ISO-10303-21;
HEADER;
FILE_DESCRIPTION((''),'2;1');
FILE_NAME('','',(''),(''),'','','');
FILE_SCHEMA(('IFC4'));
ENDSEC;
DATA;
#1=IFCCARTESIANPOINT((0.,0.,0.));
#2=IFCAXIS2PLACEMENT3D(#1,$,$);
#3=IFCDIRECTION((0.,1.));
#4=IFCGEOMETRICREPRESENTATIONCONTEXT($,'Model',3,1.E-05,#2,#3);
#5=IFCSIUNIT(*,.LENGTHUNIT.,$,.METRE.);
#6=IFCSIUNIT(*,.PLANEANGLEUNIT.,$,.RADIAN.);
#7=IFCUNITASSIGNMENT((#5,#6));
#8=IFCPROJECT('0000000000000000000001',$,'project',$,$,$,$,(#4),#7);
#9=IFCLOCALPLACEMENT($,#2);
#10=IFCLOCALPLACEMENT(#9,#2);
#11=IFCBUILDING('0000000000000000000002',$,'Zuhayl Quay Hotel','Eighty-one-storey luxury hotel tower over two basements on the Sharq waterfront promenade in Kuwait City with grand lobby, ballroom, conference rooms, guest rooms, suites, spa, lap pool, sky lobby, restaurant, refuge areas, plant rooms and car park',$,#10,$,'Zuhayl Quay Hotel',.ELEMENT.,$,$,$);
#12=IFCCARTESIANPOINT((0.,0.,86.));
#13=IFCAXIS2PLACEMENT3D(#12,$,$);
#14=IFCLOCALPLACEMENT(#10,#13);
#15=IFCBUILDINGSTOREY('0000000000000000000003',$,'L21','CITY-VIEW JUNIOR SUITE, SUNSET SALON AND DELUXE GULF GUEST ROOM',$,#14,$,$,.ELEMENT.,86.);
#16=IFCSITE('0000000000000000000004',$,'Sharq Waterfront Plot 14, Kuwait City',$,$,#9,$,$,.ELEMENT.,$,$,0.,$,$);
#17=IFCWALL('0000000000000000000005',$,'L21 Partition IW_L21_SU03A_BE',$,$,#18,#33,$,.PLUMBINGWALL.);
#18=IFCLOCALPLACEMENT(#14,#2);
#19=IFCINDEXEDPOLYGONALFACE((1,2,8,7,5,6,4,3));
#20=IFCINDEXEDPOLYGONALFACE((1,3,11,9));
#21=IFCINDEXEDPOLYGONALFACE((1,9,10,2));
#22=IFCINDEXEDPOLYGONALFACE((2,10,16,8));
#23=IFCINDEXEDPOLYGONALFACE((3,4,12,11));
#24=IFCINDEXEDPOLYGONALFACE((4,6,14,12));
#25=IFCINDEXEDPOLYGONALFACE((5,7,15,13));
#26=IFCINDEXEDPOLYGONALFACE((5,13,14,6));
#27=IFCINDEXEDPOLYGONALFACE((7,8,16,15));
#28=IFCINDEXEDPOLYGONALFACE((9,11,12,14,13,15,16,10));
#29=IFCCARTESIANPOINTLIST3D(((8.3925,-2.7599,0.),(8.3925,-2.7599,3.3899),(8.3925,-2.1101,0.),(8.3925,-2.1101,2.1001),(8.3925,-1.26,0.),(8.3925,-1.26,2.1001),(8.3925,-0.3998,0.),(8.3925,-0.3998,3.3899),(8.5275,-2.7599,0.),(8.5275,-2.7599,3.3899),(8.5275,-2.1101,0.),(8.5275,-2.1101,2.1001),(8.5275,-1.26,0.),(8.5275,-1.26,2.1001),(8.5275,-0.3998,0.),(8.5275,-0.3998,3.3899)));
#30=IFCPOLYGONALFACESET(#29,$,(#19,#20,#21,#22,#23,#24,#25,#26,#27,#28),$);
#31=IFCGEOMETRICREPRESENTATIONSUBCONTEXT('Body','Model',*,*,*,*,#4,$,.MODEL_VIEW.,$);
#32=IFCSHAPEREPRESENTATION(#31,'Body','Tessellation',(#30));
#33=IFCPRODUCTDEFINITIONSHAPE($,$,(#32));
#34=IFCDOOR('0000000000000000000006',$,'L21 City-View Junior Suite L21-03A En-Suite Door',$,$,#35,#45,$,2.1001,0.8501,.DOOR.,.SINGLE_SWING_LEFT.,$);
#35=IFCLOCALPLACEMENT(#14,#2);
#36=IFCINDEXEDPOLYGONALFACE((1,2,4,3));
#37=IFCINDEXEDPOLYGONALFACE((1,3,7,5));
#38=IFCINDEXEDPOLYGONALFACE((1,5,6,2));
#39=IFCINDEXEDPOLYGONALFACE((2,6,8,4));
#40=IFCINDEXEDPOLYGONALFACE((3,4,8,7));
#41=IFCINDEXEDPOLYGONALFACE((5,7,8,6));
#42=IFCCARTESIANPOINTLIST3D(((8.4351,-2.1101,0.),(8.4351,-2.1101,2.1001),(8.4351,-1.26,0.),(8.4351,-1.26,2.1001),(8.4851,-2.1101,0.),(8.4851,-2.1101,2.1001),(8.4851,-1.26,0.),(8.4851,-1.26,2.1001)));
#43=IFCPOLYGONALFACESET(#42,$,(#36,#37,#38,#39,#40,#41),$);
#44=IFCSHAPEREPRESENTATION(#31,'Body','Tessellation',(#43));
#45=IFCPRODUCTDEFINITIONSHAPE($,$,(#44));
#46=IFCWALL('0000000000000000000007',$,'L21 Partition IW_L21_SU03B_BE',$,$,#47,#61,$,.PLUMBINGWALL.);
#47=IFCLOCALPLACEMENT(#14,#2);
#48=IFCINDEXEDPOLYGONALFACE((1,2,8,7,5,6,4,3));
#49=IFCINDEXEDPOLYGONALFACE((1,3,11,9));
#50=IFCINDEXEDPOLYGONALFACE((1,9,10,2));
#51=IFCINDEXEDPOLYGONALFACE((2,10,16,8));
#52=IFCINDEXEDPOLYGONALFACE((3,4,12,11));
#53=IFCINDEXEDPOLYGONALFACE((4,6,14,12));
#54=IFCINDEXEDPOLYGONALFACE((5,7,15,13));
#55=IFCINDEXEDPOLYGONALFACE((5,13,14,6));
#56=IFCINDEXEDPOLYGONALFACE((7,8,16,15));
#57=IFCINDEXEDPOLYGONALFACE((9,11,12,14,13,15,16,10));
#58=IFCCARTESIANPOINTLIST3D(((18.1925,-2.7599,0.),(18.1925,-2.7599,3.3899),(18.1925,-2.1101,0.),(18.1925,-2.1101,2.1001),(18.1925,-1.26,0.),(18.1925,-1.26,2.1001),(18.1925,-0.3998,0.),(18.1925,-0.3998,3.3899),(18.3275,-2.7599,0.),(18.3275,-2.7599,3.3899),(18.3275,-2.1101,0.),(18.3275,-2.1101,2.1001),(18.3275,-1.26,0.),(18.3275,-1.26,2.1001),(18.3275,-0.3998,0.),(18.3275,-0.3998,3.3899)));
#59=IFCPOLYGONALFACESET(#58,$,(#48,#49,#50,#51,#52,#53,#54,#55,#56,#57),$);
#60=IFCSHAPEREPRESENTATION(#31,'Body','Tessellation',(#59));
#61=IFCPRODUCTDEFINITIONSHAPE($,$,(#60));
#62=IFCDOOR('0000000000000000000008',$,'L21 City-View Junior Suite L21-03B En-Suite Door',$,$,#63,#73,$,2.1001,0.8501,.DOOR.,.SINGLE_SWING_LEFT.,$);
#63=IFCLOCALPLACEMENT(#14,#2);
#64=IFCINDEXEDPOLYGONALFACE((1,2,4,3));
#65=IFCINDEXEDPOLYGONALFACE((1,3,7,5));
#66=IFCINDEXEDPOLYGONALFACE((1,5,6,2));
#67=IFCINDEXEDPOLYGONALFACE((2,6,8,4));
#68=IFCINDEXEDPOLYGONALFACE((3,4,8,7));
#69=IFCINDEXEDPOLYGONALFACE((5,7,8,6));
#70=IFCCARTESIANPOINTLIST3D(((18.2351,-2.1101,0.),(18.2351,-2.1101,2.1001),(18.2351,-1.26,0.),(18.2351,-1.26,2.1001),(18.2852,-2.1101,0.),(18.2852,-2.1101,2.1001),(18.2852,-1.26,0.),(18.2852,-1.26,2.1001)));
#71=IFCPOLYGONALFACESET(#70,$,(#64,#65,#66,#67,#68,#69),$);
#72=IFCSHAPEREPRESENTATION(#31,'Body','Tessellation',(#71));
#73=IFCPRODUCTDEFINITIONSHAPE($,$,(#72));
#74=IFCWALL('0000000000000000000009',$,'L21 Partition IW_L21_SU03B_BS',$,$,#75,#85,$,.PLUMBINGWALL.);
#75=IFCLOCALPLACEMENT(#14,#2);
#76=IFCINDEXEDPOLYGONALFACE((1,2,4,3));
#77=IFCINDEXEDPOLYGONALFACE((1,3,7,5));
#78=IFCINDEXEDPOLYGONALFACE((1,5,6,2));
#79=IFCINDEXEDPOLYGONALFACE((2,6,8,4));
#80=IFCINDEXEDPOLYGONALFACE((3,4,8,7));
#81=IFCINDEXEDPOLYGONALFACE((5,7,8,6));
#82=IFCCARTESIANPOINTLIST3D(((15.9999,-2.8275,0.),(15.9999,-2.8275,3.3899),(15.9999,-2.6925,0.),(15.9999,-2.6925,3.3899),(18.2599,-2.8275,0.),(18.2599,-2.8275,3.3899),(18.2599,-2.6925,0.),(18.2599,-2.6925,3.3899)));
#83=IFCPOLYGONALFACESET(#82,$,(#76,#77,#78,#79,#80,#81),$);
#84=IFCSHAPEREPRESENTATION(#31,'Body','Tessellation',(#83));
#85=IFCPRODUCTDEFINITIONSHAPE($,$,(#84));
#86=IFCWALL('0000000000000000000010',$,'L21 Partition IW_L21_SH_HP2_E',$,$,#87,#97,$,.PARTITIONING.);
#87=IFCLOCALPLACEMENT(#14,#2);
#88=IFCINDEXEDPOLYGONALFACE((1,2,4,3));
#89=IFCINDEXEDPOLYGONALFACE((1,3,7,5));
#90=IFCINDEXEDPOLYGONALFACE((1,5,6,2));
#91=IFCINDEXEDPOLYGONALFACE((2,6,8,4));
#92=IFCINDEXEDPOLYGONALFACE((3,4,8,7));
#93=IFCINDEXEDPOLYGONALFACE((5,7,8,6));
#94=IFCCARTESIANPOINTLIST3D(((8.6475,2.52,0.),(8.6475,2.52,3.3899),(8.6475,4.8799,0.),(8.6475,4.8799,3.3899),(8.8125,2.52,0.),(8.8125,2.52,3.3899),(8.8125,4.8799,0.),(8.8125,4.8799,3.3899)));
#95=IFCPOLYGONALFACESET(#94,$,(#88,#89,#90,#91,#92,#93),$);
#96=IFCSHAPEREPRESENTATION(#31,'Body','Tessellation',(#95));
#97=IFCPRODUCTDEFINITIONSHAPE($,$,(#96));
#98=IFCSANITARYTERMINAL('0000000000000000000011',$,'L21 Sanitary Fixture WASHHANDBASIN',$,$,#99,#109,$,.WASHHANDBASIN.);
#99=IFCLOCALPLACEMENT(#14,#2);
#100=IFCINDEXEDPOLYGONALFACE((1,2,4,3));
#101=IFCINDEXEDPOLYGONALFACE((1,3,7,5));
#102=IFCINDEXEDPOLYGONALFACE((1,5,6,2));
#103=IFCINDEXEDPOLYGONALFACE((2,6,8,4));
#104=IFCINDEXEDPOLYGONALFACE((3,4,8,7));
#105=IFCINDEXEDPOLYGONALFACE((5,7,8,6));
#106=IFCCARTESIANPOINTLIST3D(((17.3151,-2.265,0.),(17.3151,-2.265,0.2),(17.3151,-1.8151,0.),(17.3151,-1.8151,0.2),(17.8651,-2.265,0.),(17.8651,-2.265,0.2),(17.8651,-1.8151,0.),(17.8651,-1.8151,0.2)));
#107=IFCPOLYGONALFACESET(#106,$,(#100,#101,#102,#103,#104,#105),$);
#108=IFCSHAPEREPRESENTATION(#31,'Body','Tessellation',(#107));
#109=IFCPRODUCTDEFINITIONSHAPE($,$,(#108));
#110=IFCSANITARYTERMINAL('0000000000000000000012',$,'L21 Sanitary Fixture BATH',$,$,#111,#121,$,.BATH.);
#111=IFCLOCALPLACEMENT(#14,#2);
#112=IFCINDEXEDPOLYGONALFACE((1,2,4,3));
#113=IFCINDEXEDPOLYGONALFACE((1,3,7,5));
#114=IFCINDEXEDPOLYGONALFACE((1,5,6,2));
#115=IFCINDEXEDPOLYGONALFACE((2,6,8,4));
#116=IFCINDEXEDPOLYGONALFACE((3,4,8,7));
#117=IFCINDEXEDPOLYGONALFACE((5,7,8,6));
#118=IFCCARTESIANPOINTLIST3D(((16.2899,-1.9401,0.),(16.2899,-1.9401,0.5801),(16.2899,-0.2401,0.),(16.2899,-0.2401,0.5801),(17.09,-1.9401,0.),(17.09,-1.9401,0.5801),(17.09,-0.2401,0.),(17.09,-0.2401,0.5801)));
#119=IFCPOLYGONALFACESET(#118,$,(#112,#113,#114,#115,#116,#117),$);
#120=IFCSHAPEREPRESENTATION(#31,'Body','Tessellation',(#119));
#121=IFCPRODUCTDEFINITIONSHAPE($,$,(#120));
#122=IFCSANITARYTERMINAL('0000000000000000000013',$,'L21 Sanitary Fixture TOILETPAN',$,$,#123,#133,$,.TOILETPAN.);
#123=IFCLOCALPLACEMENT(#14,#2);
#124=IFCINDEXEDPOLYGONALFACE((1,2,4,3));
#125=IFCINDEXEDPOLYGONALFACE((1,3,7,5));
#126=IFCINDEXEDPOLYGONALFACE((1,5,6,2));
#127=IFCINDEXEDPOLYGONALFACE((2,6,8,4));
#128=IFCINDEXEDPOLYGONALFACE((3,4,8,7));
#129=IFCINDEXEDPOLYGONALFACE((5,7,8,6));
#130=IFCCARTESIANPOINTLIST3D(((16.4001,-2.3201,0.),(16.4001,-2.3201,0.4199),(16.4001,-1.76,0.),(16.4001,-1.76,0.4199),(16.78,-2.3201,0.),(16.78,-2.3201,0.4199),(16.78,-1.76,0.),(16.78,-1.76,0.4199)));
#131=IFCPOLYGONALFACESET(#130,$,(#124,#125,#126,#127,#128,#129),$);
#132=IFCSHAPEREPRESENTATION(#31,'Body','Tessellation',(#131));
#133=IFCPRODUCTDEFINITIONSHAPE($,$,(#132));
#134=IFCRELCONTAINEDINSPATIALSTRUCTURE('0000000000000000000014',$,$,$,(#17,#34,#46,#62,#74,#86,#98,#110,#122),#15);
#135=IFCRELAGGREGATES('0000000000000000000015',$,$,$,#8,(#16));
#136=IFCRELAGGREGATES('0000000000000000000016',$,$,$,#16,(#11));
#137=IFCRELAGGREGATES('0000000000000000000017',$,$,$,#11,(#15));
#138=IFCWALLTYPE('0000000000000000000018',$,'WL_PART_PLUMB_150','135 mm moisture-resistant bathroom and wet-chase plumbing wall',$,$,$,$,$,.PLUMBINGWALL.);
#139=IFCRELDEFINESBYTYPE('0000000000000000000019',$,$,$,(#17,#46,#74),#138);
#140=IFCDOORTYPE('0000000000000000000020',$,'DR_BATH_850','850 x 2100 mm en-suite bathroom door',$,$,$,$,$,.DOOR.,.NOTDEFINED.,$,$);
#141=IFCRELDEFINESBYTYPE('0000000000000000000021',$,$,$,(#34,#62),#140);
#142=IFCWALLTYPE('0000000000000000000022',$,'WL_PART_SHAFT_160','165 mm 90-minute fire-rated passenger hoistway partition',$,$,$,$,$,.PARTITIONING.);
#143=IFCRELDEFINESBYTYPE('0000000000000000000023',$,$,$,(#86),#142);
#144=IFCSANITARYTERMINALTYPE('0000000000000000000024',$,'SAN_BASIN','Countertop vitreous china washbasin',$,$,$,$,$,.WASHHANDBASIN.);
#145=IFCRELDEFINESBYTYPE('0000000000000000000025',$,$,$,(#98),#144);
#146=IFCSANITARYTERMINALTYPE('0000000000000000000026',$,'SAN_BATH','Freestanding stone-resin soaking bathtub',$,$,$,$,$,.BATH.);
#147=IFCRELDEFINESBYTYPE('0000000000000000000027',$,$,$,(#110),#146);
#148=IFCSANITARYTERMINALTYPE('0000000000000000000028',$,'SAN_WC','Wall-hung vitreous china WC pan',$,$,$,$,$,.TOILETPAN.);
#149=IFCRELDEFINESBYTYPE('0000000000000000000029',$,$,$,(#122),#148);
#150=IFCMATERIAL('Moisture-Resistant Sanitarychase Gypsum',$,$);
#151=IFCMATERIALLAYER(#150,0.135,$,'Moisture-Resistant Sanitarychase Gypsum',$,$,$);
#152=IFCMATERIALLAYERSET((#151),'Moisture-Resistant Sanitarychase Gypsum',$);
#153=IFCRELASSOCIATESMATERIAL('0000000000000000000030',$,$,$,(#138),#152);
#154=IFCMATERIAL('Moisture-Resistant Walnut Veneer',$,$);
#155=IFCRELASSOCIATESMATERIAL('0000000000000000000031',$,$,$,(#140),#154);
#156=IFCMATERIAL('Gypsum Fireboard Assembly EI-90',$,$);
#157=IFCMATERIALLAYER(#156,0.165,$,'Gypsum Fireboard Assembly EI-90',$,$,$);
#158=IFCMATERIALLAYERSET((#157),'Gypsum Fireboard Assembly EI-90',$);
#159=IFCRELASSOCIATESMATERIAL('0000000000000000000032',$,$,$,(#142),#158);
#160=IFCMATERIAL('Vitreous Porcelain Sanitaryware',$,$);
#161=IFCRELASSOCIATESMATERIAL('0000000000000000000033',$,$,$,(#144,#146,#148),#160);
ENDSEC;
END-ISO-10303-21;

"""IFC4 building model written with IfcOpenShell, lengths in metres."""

from ifc_helpers import new_model, si_unit, direction, frame, frame_2d, origin, origin_2d, place, context, subcontext, project, spatial, rectangle, extrude, material, layer, layer_set, type_object, element, fill, save


model = new_model("IFC4")

# Units and contexts
model_context = context("Model", 3, precision=1e-05, world=origin(), true_north=direction((0.0, 1.0)))
body_context = subcontext(model_context, "Body", "Model", "MODEL_VIEW")
ifc_project = project(units=[si_unit("LENGTHUNIT", "METRE"), si_unit("PLANEANGLEUNIT", "RADIAN")], contexts=[model_context])

# Site, building, storey
site_placement = place(None, origin())
site = spatial("IfcSite", under=ifc_project, at=site_placement, Name="Sharq Waterfront Plot 14, Kuwait City", CompositionType="ELEMENT", RefElevation=0.0)
building_placement = place(site_placement, origin())
building = spatial("IfcBuilding", under=site, at=building_placement, Name="Zuhayl Quay Hotel", Description="Eighty-one-storey luxury hotel tower over two basements on the Sharq waterfront promenade in Kuwait City with grand lobby, ballroom, conference rooms, guest rooms, suites, spa, lap pool, sky lobby, restaurant, refuge areas, plant rooms and car park", LongName="Zuhayl Quay Hotel", CompositionType="ELEMENT")
storey_placement = place(building_placement, frame((0.0, 0.0, 86.0)))
storey = spatial("IfcBuildingStorey", under=building, at=storey_placement, Name="L21", Description="CITY-VIEW JUNIOR SUITE, SUNSET SALON AND DELUXE GULF GUEST ROOM", CompositionType="ELEMENT", Elevation=86.0)

# Walls, openings, doors
ifc_material_1 = material(Name="Moisture-Resistant Sanitarychase Gypsum")
ifc_layer_1 = layer(ifc_material_1, 0.135, Name="Moisture-Resistant Sanitarychase Gypsum")
ifc_layer_set_1 = layer_set([ifc_layer_1], Name="Moisture-Resistant Sanitarychase Gypsum")
wall_type_1 = type_object("IfcWallType", Name="WL_PART_PLUMB_150", Description="135 mm moisture-resistant bathroom and wet-chase plumbing wall", PredefinedType="PLUMBINGWALL", material=ifc_layer_set_1)
wall_1_placement = place(storey_placement, frame((8.46, -2.76, 0.0), z_axis=(0.0, 0.0, 1.0), x_axis=(0.0, 1.0, 0.0)))
wall_1 = element("IfcWall", 1, at=wall_1_placement, inside=storey, type_object=wall_type_1, Name="L21 Partition IW_L21_SU03A_BE", PredefinedType="PLUMBINGWALL", context=body_context, shape_type="SweptSolid", body=[
    extrude(rectangle(XDim=2.3601, YDim=0.135, at=frame_2d((1.1802, 0.0))), origin(), (0.0, 0.0, 1.0), 3.3899),
])
opening_1_placement = place(wall_1_placement, frame((0.6499, 0.0, 0.0)))
opening_1 = element("IfcOpeningElement", 2, at=opening_1_placement, cuts=wall_1, PredefinedType="OPENING", context=body_context, shape_type="SweptSolid", body=[
    extrude(rectangle(XDim=0.8501, YDim=2.1001, at=frame_2d((0.425, 1.05))), frame((0.0, 0.0774, 0.0), z_axis=(0.0, -1.0, 0.0), x_axis=(1.0, 0.0, 0.0)), (0.0, 0.0, 1.0), 0.155),
])
ifc_material_2 = material(Name="Moisture-Resistant Walnut Veneer")
door_type_1 = type_object("IfcDoorType", Name="DR_BATH_850", Description="850 x 2100 mm en-suite bathroom door", OperationType="NOTDEFINED", PredefinedType="DOOR", material=ifc_material_2)
door_1_placement = place(opening_1_placement, origin())
door_1 = element("IfcDoor", 3, at=door_1_placement, inside=storey, type_object=door_type_1, Name="L21 City-View Junior Suite L21-03A En-Suite Door", OperationType="SINGLE_SWING_LEFT", OverallHeight=2.1001, OverallWidth=0.8501, PredefinedType="DOOR", context=body_context, shape_type="SweptSolid", body=[
    extrude(rectangle(XDim=0.8501, YDim=2.1001, at=frame_2d((0.425, 1.05))), frame((0.0, 0.0249, 0.0), z_axis=(0.0, -1.0, 0.0), x_axis=(1.0, 0.0, 0.0)), (0.0, 0.0, 1.0), 0.05),
])
fill(opening_1, door_1)
wall_2_placement = place(storey_placement, frame((18.26, -2.76, 0.0), z_axis=(0.0, 0.0, 1.0), x_axis=(0.0, 1.0, 0.0)))
wall_2 = element("IfcWall", 4, at=wall_2_placement, inside=storey, type_object=wall_type_1, Name="L21 Partition IW_L21_SU03B_BE", PredefinedType="PLUMBINGWALL", context=body_context, shape_type="SweptSolid", body=[
    extrude(rectangle(XDim=2.3601, YDim=0.135, at=frame_2d((1.1802, 0.0))), origin(), (0.0, 0.0, 1.0), 3.3899),
])
opening_2_placement = place(wall_2_placement, frame((0.6499, 0.0, 0.0)))
opening_2 = element("IfcOpeningElement", 5, at=opening_2_placement, cuts=wall_2, PredefinedType="OPENING", context=body_context, shape_type="SweptSolid", body=[
    extrude(rectangle(XDim=0.8501, YDim=2.1001, at=frame_2d((0.425, 1.05))), frame((0.0, 0.0774, 0.0), z_axis=(0.0, -1.0, 0.0), x_axis=(1.0, 0.0, 0.0)), (0.0, 0.0, 1.0), 0.155),
])
door_2_placement = place(opening_2_placement, origin())
door_2 = element("IfcDoor", 6, at=door_2_placement, inside=storey, type_object=door_type_1, Name="L21 City-View Junior Suite L21-03B En-Suite Door", OperationType="SINGLE_SWING_LEFT", OverallHeight=2.1001, OverallWidth=0.8501, PredefinedType="DOOR", context=body_context, shape_type="SweptSolid", body=[
    extrude(rectangle(XDim=0.8501, YDim=2.1001, at=frame_2d((0.425, 1.05))), frame((0.0, 0.0249, 0.0), z_axis=(0.0, -1.0, 0.0), x_axis=(1.0, 0.0, 0.0)), (0.0, 0.0, 1.0), 0.05),
])
fill(opening_2, door_2)

# Walls
wall_3_placement = place(storey_placement, frame((16.0, -2.76, 0.0), z_axis=(0.0, 0.0, 1.0), x_axis=(1.0, 0.0, 0.0)))
element("IfcWall", 7, at=wall_3_placement, inside=storey, type_object=wall_type_1, Name="L21 Partition IW_L21_SU03B_BS", PredefinedType="PLUMBINGWALL", context=body_context, shape_type="SweptSolid", body=[
    extrude(rectangle(XDim=2.26, YDim=0.135, at=frame_2d((1.1299, 0.0))), origin(), (0.0, 0.0, 1.0), 3.3899),
])
ifc_material_3 = material(Name="Gypsum Fireboard Assembly EI-90")
ifc_layer_2 = layer(ifc_material_3, 0.165, Name="Gypsum Fireboard Assembly EI-90")
ifc_layer_set_2 = layer_set([ifc_layer_2], Name="Gypsum Fireboard Assembly EI-90")
wall_type_2 = type_object("IfcWallType", Name="WL_PART_SHAFT_160", Description="165 mm 90-minute fire-rated passenger hoistway partition", PredefinedType="PARTITIONING", material=ifc_layer_set_2)
wall_4_placement = place(storey_placement, frame((8.73, 2.52, 0.0), z_axis=(0.0, 0.0, 1.0), x_axis=(0.0, 1.0, 0.0)))
element("IfcWall", 8, at=wall_4_placement, inside=storey, type_object=wall_type_2, Name="L21 Partition IW_L21_SH_HP2_E", PredefinedType="PARTITIONING", context=body_context, shape_type="SweptSolid", body=[
    extrude(rectangle(XDim=2.3599, YDim=0.165, at=frame_2d((1.1799, 0.0))), origin(), (0.0, 0.0, 1.0), 3.3899),
])

# Sanitary terminals
ifc_material_4 = material(Name="Vitreous Porcelain Sanitaryware")
sanitary_terminal_type_1 = type_object("IfcSanitaryTerminalType", Name="SAN_BASIN", Description="Countertop vitreous china washbasin", PredefinedType="WASHHANDBASIN", material=ifc_material_4)
sanitary_terminal_1_placement = place(storey_placement, frame((17.5901, -2.04, 0.0), z_axis=(0.0, 0.0, 1.0), x_axis=(1.0, 0.0, 0.0)))
element("IfcSanitaryTerminal", 9, at=sanitary_terminal_1_placement, inside=storey, type_object=sanitary_terminal_type_1, Name="L21 Sanitary Fixture WASHHANDBASIN", PredefinedType="WASHHANDBASIN", context=body_context, shape_type="SweptSolid", body=[
    extrude(rectangle(XDim=0.55, YDim=0.45, at=origin_2d()), origin(), (0.0, 0.0, 1.0), 0.2),
])
sanitary_terminal_type_2 = type_object("IfcSanitaryTerminalType", Name="SAN_BATH", Description="Freestanding stone-resin soaking bathtub", PredefinedType="BATH", material=ifc_material_4)
sanitary_terminal_2_placement = place(storey_placement, frame((16.6899, -1.0901, 0.0), z_axis=(0.0, 0.0, 1.0), x_axis=(1.0, 0.0, 0.0)))
element("IfcSanitaryTerminal", 10, at=sanitary_terminal_2_placement, inside=storey, type_object=sanitary_terminal_type_2, Name="L21 Sanitary Fixture BATH", PredefinedType="BATH", context=body_context, shape_type="SweptSolid", body=[
    extrude(rectangle(XDim=0.8, YDim=1.7, at=origin_2d()), origin(), (0.0, 0.0, 1.0), 0.5801),
])
sanitary_terminal_type_3 = type_object("IfcSanitaryTerminalType", Name="SAN_WC", Description="Wall-hung vitreous china WC pan", PredefinedType="TOILETPAN", material=ifc_material_4)
sanitary_terminal_3_placement = place(storey_placement, frame((16.5901, -2.04, 0.0), z_axis=(0.0, 0.0, 1.0), x_axis=(1.0, 0.0, 0.0)))
element("IfcSanitaryTerminal", 11, at=sanitary_terminal_3_placement, inside=storey, type_object=sanitary_terminal_type_3, Name="L21 Sanitary Fixture TOILETPAN", PredefinedType="TOILETPAN", context=body_context, shape_type="SweptSolid", body=[
    extrude(rectangle(XDim=0.3799, YDim=0.5601, at=origin_2d()), origin(), (0.0, 0.0, 1.0), 0.4199),
])

save(model, "model.ifc")
